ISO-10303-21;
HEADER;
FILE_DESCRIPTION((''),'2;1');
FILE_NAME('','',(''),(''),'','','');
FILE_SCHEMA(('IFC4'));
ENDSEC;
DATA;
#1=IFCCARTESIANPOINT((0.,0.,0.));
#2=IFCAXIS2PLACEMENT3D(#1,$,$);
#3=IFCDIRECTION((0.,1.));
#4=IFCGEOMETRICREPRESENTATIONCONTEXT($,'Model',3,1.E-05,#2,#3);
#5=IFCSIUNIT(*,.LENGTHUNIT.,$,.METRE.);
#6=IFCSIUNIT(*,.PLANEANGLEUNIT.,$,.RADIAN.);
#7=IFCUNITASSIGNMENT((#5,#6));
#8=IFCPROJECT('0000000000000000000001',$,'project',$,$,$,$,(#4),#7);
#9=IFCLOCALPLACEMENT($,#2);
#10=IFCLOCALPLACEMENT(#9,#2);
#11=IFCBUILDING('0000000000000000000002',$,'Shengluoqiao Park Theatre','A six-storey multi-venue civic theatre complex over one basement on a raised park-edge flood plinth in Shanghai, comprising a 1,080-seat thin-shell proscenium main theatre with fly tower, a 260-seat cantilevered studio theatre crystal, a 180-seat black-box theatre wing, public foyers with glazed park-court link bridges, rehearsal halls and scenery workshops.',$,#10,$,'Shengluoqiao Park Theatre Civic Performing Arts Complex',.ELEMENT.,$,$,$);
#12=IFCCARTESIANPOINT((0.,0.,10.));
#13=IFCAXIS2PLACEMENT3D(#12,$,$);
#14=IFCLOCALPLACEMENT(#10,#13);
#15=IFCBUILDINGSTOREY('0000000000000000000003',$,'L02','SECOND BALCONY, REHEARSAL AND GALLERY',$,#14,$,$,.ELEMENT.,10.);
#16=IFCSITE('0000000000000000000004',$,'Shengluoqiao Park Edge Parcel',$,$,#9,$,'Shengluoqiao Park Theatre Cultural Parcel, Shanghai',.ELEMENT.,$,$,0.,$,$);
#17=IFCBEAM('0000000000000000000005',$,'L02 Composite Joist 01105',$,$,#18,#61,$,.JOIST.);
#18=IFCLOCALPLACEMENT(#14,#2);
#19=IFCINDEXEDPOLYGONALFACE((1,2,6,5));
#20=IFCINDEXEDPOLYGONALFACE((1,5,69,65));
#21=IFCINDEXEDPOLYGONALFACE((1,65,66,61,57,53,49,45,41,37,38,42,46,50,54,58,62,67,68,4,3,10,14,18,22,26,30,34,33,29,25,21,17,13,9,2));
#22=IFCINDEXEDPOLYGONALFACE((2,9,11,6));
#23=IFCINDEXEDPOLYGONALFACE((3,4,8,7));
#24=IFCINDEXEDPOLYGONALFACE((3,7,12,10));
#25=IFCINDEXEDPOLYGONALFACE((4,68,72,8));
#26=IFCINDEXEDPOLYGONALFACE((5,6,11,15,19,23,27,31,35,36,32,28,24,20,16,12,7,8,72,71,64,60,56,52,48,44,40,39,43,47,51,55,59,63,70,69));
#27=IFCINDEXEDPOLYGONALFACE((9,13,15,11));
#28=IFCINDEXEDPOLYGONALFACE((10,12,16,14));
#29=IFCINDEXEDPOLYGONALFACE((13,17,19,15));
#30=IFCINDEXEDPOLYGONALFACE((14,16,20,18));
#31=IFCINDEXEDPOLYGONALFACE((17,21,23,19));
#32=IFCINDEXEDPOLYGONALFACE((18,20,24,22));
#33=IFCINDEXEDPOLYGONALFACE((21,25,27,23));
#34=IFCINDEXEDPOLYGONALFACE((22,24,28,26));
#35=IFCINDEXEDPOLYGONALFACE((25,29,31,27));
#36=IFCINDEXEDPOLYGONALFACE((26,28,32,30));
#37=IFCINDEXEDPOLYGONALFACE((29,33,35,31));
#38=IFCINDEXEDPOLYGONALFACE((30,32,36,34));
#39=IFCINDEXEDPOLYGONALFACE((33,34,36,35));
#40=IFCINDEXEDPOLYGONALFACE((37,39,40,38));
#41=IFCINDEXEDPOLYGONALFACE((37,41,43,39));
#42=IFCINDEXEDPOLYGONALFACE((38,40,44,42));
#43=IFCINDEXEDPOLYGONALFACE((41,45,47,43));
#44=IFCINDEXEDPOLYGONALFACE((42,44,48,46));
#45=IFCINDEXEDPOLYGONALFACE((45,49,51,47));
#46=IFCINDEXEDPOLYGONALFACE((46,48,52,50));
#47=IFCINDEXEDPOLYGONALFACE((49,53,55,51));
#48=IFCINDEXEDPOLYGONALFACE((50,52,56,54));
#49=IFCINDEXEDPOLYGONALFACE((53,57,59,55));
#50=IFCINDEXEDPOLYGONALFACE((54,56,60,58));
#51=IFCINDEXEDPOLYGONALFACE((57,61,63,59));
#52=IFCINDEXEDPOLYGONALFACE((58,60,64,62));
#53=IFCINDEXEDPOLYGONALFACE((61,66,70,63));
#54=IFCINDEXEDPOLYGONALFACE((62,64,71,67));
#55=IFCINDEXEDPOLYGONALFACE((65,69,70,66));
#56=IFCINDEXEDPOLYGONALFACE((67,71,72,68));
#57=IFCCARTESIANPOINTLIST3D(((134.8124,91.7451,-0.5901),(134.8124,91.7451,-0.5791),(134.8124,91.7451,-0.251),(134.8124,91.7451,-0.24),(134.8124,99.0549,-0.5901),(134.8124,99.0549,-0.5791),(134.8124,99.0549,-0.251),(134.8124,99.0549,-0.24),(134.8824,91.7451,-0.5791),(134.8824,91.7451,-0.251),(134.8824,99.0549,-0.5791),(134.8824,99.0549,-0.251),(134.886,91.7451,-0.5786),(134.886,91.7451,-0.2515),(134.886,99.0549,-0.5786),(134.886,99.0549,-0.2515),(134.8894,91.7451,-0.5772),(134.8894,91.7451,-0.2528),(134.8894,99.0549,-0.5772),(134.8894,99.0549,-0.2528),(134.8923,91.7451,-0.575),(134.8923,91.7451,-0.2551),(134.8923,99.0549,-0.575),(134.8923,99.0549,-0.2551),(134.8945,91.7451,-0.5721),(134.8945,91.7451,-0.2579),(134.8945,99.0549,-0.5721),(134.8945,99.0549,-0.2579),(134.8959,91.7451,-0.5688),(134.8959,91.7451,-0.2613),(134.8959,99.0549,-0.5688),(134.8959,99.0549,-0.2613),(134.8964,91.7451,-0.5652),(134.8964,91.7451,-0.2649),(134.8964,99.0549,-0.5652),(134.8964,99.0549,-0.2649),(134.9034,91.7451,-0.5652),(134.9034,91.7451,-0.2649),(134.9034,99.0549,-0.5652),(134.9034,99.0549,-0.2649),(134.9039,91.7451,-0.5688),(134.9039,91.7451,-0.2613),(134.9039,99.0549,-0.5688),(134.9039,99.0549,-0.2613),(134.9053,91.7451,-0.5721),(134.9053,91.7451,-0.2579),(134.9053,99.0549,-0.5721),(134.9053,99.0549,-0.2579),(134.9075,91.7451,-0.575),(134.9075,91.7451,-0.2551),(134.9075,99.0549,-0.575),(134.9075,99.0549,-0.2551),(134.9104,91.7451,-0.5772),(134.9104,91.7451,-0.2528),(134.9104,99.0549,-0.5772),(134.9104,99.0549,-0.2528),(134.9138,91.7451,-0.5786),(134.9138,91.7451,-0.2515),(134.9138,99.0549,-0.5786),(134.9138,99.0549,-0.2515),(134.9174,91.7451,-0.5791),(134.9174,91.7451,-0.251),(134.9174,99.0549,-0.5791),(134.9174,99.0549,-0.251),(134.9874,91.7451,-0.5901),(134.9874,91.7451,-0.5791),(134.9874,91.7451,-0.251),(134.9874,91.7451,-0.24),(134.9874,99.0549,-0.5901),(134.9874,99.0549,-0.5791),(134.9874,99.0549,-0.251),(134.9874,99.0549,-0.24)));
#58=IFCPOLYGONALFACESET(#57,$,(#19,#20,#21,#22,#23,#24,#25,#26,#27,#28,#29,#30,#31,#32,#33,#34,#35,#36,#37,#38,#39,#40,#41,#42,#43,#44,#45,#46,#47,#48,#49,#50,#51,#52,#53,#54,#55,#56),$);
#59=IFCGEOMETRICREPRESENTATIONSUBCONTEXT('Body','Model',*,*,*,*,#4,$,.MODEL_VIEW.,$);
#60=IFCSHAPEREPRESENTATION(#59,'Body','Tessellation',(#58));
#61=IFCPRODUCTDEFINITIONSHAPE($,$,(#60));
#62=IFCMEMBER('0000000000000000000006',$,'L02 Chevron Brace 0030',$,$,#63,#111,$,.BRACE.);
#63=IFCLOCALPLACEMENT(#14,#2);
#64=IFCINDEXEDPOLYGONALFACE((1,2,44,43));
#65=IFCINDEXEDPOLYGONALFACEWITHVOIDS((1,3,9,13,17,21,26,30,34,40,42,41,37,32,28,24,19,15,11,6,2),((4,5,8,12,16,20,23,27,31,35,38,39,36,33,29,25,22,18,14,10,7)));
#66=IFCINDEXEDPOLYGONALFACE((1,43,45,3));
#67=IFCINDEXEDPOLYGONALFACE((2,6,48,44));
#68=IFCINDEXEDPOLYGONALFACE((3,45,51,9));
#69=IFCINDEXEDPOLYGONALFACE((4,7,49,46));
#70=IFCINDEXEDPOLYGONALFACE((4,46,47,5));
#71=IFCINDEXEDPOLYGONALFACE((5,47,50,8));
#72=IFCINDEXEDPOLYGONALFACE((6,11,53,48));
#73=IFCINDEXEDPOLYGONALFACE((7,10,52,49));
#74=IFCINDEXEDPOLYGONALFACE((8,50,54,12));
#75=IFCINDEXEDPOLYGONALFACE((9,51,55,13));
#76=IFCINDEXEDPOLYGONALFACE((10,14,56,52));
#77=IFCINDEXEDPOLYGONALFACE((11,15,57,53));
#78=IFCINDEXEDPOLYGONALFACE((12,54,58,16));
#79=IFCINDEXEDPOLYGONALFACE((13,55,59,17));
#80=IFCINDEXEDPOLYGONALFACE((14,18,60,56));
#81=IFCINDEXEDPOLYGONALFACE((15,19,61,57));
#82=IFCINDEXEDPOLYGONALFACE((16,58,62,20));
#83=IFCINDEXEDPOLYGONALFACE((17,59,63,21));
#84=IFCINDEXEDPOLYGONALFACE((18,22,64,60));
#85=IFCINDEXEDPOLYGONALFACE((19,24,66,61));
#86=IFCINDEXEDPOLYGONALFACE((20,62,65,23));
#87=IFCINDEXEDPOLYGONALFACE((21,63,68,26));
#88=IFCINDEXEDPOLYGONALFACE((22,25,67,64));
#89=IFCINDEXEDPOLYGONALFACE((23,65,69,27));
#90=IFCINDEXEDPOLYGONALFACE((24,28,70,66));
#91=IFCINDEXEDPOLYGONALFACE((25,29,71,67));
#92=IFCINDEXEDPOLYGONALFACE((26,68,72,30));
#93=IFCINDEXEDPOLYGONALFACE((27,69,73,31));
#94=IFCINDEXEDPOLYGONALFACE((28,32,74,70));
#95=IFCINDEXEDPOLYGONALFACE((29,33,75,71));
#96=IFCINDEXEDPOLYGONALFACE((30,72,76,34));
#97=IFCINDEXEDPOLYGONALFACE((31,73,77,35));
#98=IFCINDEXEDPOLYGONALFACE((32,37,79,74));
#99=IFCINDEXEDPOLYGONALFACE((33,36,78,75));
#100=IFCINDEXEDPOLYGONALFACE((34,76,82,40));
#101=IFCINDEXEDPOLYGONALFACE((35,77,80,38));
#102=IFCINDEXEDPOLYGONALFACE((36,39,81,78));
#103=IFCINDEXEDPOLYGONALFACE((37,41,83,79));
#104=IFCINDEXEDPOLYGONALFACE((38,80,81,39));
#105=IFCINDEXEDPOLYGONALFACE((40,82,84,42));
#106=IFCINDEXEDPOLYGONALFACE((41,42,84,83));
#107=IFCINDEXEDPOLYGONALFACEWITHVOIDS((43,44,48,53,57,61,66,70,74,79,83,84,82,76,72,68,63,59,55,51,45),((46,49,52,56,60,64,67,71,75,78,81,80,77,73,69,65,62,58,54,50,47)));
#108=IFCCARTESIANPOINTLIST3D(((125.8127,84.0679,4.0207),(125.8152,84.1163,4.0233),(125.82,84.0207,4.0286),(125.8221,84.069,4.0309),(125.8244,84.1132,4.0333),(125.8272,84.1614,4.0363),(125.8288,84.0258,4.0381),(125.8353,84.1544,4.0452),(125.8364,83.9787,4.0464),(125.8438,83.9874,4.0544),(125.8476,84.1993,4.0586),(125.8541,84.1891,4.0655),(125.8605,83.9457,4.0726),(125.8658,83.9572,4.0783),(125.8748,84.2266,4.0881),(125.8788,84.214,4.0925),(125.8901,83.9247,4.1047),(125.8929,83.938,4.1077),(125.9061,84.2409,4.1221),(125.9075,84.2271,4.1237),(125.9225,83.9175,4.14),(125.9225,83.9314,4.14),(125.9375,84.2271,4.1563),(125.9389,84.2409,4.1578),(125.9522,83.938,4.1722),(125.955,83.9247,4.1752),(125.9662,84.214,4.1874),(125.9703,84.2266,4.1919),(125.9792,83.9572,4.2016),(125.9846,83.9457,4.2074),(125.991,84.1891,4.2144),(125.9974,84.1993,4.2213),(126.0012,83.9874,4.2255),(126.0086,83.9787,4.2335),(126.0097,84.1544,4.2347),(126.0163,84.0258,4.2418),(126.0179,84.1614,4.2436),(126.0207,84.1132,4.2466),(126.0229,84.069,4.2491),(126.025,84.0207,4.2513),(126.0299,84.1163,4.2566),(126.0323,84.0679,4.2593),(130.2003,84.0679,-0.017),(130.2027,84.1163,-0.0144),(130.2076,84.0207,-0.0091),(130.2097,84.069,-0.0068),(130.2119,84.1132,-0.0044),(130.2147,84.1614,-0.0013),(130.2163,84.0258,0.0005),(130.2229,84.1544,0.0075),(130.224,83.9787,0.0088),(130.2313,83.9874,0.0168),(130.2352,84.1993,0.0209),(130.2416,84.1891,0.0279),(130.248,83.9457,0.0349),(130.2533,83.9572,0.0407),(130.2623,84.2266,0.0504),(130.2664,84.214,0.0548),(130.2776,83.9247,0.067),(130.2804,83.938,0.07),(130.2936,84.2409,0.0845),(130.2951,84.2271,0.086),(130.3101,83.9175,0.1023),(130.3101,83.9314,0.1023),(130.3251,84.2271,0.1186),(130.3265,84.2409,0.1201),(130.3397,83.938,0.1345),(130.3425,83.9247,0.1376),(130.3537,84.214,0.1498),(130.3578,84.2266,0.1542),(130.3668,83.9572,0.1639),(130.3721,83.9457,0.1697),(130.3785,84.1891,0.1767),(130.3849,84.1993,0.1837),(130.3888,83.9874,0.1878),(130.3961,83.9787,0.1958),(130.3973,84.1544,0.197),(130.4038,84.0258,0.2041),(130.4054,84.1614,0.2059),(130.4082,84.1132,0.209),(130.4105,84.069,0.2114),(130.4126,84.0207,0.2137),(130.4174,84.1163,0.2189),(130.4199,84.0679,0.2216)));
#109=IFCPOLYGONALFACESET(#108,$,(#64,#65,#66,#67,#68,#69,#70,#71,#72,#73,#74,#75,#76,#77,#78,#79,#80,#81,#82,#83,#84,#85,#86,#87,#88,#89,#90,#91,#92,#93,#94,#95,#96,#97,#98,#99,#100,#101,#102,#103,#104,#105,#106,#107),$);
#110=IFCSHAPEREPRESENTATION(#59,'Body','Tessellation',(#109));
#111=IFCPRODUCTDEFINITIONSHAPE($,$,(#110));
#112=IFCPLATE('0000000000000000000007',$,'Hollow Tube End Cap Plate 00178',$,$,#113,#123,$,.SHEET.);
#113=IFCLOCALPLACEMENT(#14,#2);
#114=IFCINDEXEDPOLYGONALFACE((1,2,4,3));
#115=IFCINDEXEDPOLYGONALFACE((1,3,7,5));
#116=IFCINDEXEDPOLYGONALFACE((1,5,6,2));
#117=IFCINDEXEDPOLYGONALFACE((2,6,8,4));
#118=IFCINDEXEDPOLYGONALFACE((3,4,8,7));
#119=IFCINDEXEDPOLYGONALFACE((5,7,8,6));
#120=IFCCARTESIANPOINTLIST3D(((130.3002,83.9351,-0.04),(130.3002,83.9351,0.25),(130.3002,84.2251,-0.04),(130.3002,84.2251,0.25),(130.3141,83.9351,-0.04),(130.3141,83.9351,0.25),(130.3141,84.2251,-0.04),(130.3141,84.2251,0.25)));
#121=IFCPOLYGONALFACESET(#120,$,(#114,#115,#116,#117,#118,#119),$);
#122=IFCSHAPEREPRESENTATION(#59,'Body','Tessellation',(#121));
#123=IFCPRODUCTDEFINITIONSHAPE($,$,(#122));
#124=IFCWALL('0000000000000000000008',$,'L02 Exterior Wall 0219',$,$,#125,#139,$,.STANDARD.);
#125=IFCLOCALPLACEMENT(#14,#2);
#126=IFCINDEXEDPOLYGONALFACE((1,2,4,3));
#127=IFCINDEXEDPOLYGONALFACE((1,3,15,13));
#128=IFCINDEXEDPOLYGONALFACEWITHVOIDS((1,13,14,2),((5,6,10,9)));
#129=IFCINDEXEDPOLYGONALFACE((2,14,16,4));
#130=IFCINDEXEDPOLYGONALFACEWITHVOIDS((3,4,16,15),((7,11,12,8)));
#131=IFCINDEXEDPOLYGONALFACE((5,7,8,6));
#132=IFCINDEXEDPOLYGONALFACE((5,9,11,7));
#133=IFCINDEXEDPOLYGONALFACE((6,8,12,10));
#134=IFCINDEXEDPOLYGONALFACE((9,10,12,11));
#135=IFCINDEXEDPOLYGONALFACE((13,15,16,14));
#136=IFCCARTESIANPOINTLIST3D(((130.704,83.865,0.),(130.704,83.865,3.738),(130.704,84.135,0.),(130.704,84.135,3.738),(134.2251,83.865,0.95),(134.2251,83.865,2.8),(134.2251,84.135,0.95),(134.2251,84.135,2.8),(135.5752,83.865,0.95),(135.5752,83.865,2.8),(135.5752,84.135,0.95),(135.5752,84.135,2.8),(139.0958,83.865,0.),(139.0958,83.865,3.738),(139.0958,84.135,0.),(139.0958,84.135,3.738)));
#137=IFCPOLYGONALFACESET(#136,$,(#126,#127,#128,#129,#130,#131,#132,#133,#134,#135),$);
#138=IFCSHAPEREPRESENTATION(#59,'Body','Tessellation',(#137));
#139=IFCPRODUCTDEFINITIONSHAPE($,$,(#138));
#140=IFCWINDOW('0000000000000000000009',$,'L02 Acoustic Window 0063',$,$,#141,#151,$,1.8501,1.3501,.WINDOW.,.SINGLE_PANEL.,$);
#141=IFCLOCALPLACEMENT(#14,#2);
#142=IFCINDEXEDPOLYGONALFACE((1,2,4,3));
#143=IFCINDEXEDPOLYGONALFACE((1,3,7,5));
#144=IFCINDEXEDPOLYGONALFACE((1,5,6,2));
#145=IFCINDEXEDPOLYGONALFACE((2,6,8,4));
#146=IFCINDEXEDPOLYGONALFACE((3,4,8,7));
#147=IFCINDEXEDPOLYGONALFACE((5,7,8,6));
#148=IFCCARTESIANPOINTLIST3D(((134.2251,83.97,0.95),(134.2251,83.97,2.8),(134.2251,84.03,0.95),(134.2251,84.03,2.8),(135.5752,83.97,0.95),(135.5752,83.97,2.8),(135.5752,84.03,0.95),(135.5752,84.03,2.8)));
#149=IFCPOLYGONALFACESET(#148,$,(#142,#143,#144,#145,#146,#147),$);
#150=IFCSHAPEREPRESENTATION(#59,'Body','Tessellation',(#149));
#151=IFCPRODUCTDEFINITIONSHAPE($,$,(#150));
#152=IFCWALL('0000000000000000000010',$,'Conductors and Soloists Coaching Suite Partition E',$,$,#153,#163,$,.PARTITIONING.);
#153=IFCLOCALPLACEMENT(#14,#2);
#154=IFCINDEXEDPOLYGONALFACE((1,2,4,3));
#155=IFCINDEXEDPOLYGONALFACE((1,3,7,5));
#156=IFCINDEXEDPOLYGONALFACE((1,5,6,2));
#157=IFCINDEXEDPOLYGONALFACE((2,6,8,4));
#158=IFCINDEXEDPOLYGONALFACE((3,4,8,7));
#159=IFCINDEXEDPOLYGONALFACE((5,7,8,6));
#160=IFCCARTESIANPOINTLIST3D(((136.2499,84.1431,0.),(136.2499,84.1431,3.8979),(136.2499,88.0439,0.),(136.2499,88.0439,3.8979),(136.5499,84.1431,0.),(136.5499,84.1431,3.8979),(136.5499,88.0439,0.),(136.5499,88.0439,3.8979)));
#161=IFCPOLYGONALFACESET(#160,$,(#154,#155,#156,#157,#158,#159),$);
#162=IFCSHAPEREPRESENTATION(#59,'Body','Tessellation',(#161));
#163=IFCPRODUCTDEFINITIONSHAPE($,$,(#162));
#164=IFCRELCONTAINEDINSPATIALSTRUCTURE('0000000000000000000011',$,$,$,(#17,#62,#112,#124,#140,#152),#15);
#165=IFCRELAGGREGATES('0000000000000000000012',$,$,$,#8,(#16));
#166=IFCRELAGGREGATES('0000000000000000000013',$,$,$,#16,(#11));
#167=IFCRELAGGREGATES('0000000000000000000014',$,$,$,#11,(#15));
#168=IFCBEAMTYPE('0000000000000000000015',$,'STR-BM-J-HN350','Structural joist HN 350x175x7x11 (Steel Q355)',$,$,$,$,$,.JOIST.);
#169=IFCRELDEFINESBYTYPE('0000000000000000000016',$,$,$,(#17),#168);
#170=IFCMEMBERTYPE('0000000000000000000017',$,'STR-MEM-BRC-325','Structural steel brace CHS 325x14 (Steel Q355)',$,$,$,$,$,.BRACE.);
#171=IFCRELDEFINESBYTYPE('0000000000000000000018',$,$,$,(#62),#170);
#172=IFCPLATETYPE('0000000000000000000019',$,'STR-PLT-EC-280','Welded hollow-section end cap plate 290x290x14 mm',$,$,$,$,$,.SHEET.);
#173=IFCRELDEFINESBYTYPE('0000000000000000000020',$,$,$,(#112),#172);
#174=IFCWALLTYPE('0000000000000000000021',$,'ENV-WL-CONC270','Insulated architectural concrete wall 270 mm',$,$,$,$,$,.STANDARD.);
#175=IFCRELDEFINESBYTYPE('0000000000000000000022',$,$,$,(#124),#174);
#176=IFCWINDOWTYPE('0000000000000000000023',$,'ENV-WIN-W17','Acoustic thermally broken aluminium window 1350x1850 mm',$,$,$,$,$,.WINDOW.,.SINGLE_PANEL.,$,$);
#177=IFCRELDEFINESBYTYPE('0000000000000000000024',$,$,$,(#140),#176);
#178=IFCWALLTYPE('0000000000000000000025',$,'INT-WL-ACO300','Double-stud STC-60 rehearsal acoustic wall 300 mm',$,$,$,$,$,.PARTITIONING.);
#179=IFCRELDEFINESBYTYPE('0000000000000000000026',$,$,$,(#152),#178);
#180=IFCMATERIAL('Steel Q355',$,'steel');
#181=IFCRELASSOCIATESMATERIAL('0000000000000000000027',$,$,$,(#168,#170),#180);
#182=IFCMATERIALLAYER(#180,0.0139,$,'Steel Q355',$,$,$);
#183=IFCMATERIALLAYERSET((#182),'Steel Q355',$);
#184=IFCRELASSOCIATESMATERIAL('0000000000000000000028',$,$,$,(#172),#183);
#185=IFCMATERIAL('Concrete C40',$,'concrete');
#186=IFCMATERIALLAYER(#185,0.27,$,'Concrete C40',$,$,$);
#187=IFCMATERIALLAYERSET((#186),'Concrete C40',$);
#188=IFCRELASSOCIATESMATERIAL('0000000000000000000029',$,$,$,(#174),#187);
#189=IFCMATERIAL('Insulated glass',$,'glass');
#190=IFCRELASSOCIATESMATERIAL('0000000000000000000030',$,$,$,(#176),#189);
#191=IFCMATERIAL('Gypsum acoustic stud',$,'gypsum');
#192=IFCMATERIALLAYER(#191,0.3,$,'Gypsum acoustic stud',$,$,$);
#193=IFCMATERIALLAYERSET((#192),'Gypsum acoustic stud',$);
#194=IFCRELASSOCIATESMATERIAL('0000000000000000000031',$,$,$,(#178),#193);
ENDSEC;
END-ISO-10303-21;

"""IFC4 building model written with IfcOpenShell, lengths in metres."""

from ifc_helpers import new_model, si_unit, direction, frame, frame_2d, origin, origin_2d, place, context, subcontext, project, spatial, rectangle, hollow_circle, i_section, extrude, material, layer, layer_set, material_profile, profile_set, type_object, element, fill, save


model = new_model("IFC4")

# Units and contexts
model_context = context("Model", 3, precision=1e-05, world=origin(), true_north=direction((0.0, 1.0)))
body_context = subcontext(model_context, "Body", "Model", "MODEL_VIEW")
ifc_project = project(units=[si_unit("LENGTHUNIT", "METRE"), si_unit("PLANEANGLEUNIT", "RADIAN")], contexts=[model_context])

# Site, building, storey
site_placement = place(None, origin())
site = spatial("IfcSite", under=ifc_project, at=site_placement, Name="Shengluoqiao Park Edge Parcel", LongName="Shengluoqiao Park Theatre Cultural Parcel, Shanghai", CompositionType="ELEMENT", RefElevation=0.0)
building_placement = place(site_placement, origin())
building = spatial("IfcBuilding", under=site, at=building_placement, Name="Shengluoqiao Park Theatre", Description="A six-storey multi-venue civic theatre complex over one basement on a raised park-edge flood plinth in Shanghai, comprising a 1,080-seat thin-shell proscenium main theatre with fly tower, a 260-seat cantilevered studio theatre crystal, a 180-seat black-box theatre wing, public foyers with glazed park-court link bridges, rehearsal halls and scenery workshops.", LongName="Shengluoqiao Park Theatre Civic Performing Arts Complex", CompositionType="ELEMENT")
storey_placement = place(building_placement, frame((0.0, 0.0, 10.0)))
storey = spatial("IfcBuildingStorey", under=building, at=storey_placement, Name="L02", Description="SECOND BALCONY, REHEARSAL AND GALLERY", CompositionType="ELEMENT", Elevation=10.0)

# Shared definitions
ifc_material_1 = material(Name="Concrete C40", Category="concrete")

# Beam
ifc_material_2 = material(Name="Steel Q355", Category="steel")
ifc_material_profile_1 = material_profile(ifc_material_2, i_section(OverallWidth=0.175, OverallDepth=0.3501, WebThickness=0.0071, FlangeThickness=0.011, FilletRadius=0.0139, at=origin_2d()), Name="HN 350x175x7x11")
ifc_profile_set_1 = profile_set([ifc_material_profile_1], Name="Steel Q355")
beam_type_1 = type_object("IfcBeamType", Name="STR-BM-J-HN350", Description="Structural joist HN 350x175x7x11 (Steel Q355)", PredefinedType="JOIST", material=ifc_profile_set_1)
for number, where, z_axis, x_axis, name in (
    (1, (134.8999, 91.7451, -0.415), (0.0, 1.0, 0.0), (-1.0, 0.0, 0.0), "L02 Composite Joist 01105"),
):
    element("IfcBeam", number, at=place(storey_placement, frame(where, z_axis=z_axis, x_axis=x_axis)), inside=storey, type_object=beam_type_1, Name=name, PredefinedType="JOIST", context=body_context, shape_type="SweptSolid", body=[
        extrude(i_section(OverallWidth=0.175, OverallDepth=0.3501, WebThickness=0.0071, FlangeThickness=0.011, FilletRadius=0.0139, at=origin_2d()), origin(), (0.0, 0.0, 1.0), 7.3098),
    ])

# Member
ifc_material_profile_2 = material_profile(ifc_material_2, hollow_circle(Radius=0.1626, WallThickness=0.0139, at=origin_2d()), Name="CHS 325x14")
ifc_profile_set_2 = profile_set([ifc_material_profile_2], Name="Steel Q355")
member_type_1 = type_object("IfcMemberType", Name="STR-MEM-BRC-325", Description="Structural steel brace CHS 325x14 (Steel Q355)", PredefinedType="BRACE", material=ifc_profile_set_2)
member_1_placement = place(storey_placement, frame((130.3101, 84.0801, 0.1023), z_axis=(-0.735836, 0.0, 0.67716), x_axis=(0.0, -1.0, 0.0)))
element("IfcMember", 2, at=member_1_placement, inside=storey, type_object=member_type_1, Name="L02 Chevron Brace 0030", PredefinedType="BRACE", context=body_context, shape_type="SweptSolid", body=[
    extrude(hollow_circle(Radius=0.1626, WallThickness=0.0139, at=origin_2d()), origin(), (0.0, 0.0, 1.0), 5.9626),
])

# Plate
ifc_layer_1 = layer(ifc_material_2, 0.0139, Name="Steel Q355")
ifc_layer_set_1 = layer_set([ifc_layer_1], Name="Steel Q355")
plate_type = type_object("IfcPlateType", Name="STR-PLT-EC-280", Description="Welded hollow-section end cap plate 290x290x14 mm", PredefinedType="SHEET", material=ifc_layer_set_1)
plate_placement = place(storey_placement, frame((130.3071, 84.0801, -0.04), z_axis=(0.0, 0.0, 1.0), x_axis=(-1.0, 0.0, 0.0)))
element("IfcPlate", 3, at=plate_placement, inside=storey, type_object=plate_type, Name="Hollow Tube End Cap Plate 00178", PredefinedType="SHEET", context=body_context, shape_type="SweptSolid", body=[
    extrude(rectangle(XDim=0.0139, YDim=0.29, at=origin_2d()), origin(), (0.0, 0.0, 1.0), 0.29),
])

# Wall, opening, window
ifc_layer_2 = layer(ifc_material_1, 0.27, Name="Concrete C40")
ifc_layer_set_2 = layer_set([ifc_layer_2], Name="Concrete C40")
wall_type_1 = type_object("IfcWallType", Name="ENV-WL-CONC270", Description="Insulated architectural concrete wall 270 mm", PredefinedType="STANDARD", material=ifc_layer_set_2)
wall_1_placement = place(storey_placement, frame((130.7041, 84.0, 0.0), z_axis=(0.0, 0.0, 1.0), x_axis=(1.0, 0.0, 0.0)))
wall_1 = element("IfcWall", 4, at=wall_1_placement, inside=storey, type_object=wall_type_1, Name="L02 Exterior Wall 0219", PredefinedType="STANDARD", context=body_context, shape_type="SweptSolid", body=[
    extrude(rectangle(XDim=8.3918, YDim=0.27, at=frame_2d((4.1958, 0.0))), origin(), (0.0, 0.0, 1.0), 3.738),
])
opening_1_placement = place(wall_1_placement, frame((3.521, 0.0, 0.95)))
opening_1 = element("IfcOpeningElement", 5, at=opening_1_placement, cuts=wall_1, PredefinedType="OPENING", context=body_context, shape_type="SweptSolid", body=[
    extrude(rectangle(XDim=1.3501, YDim=1.8501, at=frame_2d((0.675, 0.925))), frame((0.0, 0.145, 0.0), z_axis=(0.0, -1.0, 0.0), x_axis=(1.0, 0.0, 0.0)), (0.0, 0.0, 1.0), 0.29),
])
ifc_material_3 = material(Name="Insulated glass", Category="glass")
window_type = type_object("IfcWindowType", Name="ENV-WIN-W17", Description="Acoustic thermally broken aluminium window 1350x1850 mm", PartitioningType="SINGLE_PANEL", PredefinedType="WINDOW", material=ifc_material_3)
window_placement = place(opening_1_placement, origin())
window = element("IfcWindow", 6, at=window_placement, inside=storey, type_object=window_type, Name="L02 Acoustic Window 0063", OverallHeight=1.8501, OverallWidth=1.3501, PartitioningType="SINGLE_PANEL", PredefinedType="WINDOW", context=body_context, shape_type="SweptSolid", body=[
    extrude(rectangle(XDim=1.3501, YDim=1.8501, at=frame_2d((0.675, 0.925))), frame((0.0, 0.03, 0.0), z_axis=(0.0, -1.0, 0.0), x_axis=(1.0, 0.0, 0.0)), (0.0, 0.0, 1.0), 0.0601),
])
fill(opening_1, window)

# Wall
ifc_material_4 = material(Name="Gypsum acoustic stud", Category="gypsum")
ifc_layer_3 = layer(ifc_material_4, 0.3, Name="Gypsum acoustic stud")
ifc_layer_set_3 = layer_set([ifc_layer_3], Name="Gypsum acoustic stud")
wall_type_2 = type_object("IfcWallType", Name="INT-WL-ACO300", Description="Double-stud STC-60 rehearsal acoustic wall 300 mm", PredefinedType="PARTITIONING", material=ifc_layer_set_3)
wall_2_placement = place(storey_placement, frame((136.3999, 84.1431, 0.0), z_axis=(0.0, 0.0, 1.0), x_axis=(0.0, 1.0, 0.0)))
element("IfcWall", 7, at=wall_2_placement, inside=storey, type_object=wall_type_2, Name="Conductors and Soloists Coaching Suite Partition E", PredefinedType="PARTITIONING", context=body_context, shape_type="SweptSolid", body=[
    extrude(rectangle(XDim=3.9009, YDim=0.3, at=frame_2d((1.9504, 0.0))), origin(), (0.0, 0.0, 1.0), 3.8979),
])

save(model, "model.ifc")
